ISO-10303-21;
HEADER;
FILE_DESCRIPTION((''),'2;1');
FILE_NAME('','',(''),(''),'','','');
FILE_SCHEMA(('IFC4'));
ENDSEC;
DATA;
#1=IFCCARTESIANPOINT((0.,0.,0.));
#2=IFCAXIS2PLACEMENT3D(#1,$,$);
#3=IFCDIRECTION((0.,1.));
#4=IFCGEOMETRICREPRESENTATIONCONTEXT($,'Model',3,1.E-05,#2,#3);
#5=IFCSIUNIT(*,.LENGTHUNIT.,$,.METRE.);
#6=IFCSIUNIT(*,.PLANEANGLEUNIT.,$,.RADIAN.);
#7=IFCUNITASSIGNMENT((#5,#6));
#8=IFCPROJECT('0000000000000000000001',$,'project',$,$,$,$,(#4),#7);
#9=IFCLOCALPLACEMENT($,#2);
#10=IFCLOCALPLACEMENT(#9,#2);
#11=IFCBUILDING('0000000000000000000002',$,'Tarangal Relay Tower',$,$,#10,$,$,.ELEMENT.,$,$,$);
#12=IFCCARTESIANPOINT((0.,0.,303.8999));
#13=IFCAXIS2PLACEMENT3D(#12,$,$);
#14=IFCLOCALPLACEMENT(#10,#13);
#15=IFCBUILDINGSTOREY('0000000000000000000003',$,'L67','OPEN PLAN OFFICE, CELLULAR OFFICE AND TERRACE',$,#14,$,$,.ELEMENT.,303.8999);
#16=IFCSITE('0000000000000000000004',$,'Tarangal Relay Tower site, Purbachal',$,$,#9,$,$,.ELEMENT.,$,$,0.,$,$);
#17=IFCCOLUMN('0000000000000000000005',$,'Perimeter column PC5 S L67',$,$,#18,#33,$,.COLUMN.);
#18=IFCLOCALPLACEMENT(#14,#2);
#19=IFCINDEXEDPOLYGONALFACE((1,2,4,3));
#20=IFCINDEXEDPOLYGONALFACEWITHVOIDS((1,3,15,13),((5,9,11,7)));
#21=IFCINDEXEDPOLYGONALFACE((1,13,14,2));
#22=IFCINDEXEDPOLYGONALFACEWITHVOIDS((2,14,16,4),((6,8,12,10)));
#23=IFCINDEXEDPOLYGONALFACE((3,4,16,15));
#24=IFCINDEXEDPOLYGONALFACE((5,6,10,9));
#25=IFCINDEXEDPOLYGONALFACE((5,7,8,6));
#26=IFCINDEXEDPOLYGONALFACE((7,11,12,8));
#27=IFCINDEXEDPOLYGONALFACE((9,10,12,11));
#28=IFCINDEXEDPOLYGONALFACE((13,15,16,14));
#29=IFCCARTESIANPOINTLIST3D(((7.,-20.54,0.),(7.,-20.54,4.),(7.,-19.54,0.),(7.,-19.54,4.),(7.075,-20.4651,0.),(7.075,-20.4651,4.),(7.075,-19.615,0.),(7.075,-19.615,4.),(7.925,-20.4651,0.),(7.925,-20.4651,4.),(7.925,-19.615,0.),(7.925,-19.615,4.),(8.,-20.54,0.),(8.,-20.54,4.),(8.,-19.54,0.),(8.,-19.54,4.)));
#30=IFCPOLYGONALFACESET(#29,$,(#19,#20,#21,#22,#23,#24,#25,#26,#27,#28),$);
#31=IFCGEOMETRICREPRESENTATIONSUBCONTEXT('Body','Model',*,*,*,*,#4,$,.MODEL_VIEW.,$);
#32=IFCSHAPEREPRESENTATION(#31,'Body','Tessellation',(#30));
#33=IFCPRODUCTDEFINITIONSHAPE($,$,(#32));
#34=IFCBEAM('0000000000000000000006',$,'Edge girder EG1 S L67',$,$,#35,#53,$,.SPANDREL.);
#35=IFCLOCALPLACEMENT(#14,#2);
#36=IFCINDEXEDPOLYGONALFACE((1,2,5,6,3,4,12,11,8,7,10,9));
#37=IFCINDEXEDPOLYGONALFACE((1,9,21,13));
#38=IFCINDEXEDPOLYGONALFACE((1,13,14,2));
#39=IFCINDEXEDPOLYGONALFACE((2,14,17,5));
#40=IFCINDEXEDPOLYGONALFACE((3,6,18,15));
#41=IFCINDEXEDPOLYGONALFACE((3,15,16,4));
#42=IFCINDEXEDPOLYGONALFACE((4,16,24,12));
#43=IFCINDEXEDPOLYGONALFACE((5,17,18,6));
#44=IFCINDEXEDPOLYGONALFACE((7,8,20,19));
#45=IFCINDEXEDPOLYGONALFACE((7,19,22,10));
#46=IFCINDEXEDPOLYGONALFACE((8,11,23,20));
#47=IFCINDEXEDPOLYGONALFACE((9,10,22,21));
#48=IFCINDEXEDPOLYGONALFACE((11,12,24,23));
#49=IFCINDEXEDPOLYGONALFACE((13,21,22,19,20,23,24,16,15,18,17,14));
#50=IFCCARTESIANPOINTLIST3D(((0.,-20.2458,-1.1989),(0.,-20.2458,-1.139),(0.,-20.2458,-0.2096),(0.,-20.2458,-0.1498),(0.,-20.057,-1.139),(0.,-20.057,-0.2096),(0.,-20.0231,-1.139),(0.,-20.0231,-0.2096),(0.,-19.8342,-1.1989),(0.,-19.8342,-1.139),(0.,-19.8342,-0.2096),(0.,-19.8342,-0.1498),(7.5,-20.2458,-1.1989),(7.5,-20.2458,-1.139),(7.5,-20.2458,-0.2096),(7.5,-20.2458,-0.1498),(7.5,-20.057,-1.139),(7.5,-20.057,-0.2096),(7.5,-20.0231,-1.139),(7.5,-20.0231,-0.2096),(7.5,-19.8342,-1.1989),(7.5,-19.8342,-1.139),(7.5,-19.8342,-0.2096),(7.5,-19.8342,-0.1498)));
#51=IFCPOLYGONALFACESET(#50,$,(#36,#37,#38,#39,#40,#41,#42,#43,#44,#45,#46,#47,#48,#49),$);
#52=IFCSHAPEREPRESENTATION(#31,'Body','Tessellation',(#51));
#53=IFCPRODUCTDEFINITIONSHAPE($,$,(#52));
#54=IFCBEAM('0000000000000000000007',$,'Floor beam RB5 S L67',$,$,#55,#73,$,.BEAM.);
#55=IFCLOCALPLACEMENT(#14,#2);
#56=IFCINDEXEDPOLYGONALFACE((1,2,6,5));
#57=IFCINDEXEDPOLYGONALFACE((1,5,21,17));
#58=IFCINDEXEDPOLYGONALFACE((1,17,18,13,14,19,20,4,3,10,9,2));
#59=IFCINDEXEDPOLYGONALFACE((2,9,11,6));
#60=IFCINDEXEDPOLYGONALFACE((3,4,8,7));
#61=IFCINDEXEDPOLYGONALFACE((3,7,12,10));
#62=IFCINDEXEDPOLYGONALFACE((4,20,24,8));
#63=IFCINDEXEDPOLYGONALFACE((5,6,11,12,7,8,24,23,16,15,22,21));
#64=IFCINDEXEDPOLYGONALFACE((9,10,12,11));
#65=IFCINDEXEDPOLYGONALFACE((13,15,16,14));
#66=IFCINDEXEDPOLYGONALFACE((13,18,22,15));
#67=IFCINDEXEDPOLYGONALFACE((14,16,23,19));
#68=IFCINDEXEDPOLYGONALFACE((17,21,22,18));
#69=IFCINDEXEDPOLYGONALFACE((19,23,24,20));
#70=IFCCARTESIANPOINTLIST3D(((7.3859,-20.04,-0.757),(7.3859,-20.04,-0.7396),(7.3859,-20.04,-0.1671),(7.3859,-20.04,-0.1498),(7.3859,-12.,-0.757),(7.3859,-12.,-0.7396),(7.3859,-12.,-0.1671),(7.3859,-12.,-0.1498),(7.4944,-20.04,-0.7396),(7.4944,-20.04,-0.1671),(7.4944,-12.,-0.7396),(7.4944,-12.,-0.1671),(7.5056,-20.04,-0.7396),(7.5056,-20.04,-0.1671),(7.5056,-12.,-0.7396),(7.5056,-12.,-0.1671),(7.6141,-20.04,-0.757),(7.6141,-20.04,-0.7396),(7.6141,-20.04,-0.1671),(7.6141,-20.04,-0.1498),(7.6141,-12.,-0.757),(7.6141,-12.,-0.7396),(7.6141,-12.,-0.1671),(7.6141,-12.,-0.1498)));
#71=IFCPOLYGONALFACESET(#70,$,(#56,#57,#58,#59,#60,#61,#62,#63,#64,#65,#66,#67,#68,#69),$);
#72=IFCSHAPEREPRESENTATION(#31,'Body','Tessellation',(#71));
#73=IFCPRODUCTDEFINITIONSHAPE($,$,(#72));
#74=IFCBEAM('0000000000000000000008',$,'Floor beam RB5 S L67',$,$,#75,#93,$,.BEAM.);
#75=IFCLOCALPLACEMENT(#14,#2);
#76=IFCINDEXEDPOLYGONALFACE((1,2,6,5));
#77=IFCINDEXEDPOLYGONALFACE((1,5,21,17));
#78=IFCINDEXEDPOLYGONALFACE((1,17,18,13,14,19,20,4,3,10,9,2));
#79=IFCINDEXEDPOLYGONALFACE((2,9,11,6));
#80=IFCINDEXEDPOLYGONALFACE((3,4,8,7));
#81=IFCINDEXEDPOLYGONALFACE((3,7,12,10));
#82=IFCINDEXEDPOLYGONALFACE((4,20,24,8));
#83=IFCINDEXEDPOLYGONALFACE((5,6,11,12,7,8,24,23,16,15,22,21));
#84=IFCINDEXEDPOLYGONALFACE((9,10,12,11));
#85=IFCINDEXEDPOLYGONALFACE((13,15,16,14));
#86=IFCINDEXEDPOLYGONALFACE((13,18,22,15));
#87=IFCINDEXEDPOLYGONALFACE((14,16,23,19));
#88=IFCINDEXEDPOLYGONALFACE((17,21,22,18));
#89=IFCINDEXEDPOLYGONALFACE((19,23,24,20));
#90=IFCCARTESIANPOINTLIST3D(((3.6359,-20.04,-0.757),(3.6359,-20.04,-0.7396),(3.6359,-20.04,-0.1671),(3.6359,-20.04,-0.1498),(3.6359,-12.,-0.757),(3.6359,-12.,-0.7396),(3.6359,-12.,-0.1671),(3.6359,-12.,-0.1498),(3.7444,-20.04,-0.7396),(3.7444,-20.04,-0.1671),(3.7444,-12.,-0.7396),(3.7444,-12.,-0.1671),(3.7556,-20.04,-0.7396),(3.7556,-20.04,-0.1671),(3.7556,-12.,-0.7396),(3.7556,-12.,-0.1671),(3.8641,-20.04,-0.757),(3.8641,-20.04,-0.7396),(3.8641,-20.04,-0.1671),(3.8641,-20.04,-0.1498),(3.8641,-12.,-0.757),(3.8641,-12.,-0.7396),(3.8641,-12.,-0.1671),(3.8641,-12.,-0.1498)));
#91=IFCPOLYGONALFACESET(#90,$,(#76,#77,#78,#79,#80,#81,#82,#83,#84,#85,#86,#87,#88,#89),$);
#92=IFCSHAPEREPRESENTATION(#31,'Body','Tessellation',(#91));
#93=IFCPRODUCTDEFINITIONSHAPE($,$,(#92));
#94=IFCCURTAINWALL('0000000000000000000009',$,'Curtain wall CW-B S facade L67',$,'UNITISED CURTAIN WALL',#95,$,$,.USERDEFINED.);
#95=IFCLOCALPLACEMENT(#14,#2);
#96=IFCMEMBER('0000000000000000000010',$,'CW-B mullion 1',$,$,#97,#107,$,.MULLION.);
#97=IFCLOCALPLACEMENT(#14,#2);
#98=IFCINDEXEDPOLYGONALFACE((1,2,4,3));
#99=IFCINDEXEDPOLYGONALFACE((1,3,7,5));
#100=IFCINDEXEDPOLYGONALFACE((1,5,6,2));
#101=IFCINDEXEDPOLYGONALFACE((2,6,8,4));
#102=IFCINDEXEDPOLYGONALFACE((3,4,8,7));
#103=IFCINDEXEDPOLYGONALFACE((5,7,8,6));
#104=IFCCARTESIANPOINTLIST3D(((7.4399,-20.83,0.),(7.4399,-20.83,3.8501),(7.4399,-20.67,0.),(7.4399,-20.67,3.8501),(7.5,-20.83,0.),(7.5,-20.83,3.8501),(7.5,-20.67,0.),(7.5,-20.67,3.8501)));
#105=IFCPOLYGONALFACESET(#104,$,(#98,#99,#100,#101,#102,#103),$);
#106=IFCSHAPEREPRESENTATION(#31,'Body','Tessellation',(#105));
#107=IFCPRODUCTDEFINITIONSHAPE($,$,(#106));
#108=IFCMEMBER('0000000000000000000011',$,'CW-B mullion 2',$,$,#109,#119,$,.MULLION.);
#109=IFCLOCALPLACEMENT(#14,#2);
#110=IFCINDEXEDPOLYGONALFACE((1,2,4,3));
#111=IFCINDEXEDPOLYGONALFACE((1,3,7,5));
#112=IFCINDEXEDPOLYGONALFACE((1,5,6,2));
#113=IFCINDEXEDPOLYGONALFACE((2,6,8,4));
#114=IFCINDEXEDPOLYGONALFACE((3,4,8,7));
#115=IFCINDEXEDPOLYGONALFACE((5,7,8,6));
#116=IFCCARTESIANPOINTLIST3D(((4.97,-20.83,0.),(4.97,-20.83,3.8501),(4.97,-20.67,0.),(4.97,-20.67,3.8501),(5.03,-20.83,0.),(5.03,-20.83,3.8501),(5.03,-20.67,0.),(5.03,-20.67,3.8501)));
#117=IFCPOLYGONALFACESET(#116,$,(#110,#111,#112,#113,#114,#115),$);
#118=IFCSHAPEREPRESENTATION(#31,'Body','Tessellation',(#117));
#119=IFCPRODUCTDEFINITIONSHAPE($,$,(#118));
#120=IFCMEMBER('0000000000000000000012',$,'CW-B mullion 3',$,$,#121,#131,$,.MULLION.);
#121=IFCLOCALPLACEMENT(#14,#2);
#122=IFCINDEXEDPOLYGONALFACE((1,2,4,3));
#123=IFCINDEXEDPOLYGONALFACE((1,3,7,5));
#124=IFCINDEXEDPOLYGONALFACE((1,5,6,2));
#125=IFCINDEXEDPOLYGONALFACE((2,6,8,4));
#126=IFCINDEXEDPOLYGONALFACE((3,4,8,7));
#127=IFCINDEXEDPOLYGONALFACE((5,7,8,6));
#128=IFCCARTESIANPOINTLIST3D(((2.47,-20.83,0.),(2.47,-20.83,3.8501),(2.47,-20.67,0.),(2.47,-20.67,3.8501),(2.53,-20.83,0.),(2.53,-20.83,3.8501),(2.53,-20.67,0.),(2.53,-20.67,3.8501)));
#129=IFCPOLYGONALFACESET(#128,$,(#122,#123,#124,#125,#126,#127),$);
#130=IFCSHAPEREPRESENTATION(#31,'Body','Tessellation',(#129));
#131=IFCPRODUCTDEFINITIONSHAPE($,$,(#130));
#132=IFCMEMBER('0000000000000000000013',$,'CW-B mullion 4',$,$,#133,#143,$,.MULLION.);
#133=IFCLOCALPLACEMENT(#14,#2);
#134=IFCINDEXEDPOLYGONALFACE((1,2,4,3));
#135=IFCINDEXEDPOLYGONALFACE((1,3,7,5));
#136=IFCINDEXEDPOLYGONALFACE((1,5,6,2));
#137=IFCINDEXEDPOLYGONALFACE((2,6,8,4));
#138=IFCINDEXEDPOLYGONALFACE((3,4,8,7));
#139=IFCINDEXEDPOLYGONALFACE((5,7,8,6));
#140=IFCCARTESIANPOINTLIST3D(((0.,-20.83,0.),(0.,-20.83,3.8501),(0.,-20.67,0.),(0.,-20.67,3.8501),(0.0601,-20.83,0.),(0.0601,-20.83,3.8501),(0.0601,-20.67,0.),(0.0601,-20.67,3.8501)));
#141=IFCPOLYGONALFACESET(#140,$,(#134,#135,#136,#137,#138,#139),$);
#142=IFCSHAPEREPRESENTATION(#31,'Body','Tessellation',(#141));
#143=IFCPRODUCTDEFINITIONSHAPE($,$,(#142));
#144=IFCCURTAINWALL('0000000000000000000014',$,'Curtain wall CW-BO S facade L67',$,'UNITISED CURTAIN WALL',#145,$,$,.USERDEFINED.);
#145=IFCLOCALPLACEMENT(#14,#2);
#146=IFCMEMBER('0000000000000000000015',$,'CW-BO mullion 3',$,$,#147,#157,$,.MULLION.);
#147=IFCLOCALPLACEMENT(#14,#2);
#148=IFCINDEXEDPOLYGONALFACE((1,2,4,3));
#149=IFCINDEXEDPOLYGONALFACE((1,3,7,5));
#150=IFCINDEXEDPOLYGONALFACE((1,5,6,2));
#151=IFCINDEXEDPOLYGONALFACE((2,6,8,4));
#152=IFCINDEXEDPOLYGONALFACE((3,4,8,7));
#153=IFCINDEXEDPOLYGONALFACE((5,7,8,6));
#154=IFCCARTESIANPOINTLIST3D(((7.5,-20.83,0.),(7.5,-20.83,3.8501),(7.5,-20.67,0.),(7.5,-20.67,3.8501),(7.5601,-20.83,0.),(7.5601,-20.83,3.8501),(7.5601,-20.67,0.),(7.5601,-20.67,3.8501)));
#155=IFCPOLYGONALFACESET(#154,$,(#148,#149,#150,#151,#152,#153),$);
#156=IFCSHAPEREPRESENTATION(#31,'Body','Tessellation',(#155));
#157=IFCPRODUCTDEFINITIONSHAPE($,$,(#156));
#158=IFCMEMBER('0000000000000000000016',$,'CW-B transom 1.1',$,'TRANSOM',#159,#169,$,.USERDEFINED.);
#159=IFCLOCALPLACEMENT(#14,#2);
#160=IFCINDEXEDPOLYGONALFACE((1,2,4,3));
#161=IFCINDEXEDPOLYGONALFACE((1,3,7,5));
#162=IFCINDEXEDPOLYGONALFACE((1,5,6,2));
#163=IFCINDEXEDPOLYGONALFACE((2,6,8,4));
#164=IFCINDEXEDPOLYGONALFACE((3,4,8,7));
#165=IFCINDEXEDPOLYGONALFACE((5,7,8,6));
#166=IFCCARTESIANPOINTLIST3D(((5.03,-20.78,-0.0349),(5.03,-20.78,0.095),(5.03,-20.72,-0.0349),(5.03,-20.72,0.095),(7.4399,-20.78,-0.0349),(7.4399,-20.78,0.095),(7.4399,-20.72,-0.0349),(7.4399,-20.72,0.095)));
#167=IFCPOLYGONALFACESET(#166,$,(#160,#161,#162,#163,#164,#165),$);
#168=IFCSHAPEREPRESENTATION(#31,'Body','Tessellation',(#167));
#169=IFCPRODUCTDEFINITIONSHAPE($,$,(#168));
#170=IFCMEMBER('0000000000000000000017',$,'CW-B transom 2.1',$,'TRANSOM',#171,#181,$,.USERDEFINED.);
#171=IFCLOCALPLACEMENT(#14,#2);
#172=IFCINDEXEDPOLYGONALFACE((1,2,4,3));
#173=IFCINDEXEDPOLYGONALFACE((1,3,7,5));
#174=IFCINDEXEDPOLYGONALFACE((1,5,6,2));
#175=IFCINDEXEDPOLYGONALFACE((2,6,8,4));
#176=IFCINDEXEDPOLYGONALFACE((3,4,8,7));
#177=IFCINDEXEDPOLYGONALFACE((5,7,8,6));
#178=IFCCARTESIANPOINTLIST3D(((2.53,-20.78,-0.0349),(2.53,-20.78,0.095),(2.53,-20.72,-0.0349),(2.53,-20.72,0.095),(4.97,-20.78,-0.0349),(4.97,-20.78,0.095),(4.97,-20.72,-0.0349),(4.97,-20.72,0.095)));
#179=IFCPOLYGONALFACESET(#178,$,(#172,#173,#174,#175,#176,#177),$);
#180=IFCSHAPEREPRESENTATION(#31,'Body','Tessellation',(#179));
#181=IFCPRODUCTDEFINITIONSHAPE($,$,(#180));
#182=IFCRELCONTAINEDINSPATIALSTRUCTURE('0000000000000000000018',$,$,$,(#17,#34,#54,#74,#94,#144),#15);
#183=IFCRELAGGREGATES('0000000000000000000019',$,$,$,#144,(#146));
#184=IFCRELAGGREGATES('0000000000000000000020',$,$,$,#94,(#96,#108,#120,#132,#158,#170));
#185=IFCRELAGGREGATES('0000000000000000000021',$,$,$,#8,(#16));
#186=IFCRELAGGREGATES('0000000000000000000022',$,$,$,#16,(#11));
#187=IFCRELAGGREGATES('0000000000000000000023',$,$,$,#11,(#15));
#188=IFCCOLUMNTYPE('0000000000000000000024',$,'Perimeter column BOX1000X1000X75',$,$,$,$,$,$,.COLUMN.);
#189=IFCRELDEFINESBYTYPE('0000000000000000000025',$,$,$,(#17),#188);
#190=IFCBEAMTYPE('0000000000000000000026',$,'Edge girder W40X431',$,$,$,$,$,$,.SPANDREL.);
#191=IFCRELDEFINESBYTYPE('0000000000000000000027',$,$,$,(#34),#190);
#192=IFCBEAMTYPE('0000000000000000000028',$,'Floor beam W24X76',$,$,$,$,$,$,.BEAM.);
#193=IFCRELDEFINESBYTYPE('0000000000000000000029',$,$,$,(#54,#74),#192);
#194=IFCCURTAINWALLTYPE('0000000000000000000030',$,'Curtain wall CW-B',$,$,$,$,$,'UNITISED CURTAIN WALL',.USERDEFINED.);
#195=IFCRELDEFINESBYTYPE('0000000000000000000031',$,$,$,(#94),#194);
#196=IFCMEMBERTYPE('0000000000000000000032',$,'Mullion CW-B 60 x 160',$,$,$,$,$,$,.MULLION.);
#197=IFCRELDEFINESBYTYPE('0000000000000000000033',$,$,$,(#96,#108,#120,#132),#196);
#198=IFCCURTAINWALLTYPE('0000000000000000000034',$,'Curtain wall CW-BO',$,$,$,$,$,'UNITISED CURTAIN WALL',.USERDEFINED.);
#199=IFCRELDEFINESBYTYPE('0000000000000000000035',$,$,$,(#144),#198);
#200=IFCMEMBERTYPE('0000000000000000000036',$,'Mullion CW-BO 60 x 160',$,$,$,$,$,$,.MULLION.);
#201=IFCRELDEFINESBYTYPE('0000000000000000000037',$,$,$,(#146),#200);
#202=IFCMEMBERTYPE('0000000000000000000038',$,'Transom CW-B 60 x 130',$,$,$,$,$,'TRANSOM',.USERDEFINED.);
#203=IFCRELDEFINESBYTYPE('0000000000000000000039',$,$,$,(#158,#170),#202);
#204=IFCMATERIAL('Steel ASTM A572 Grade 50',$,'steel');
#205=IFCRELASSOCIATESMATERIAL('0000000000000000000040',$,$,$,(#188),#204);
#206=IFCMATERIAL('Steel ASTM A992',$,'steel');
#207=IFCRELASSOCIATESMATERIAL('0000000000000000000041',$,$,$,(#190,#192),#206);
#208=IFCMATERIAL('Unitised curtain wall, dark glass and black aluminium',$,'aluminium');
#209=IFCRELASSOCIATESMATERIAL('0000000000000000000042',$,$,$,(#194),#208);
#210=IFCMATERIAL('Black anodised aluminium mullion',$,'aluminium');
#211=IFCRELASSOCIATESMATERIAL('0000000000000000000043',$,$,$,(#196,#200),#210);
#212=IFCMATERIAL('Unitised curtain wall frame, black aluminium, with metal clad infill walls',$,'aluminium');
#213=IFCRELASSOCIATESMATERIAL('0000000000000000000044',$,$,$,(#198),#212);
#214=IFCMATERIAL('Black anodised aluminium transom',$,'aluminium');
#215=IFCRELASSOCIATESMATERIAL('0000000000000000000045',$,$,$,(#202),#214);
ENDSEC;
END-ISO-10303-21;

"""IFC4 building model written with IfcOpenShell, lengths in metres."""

from ifc_helpers import new_model, si_unit, direction, frame, origin, origin_2d, place, context, subcontext, project, spatial, rectangle, hollow_rectangle, i_section, extrude, material, material_profile, profile_set, type_object, element, aggregate, save


model = new_model("IFC4")

# Units and contexts
model_context = context("Model", 3, precision=1e-05, world=origin(), true_north=direction((0.0, 1.0)))
body_context = subcontext(model_context, "Body", "Model", "MODEL_VIEW")
ifc_project = project(units=[si_unit("LENGTHUNIT", "METRE"), si_unit("PLANEANGLEUNIT", "RADIAN")], contexts=[model_context])

# Site, building, storey
site_placement = place(None, origin())
site = spatial("IfcSite", under=ifc_project, at=site_placement, Name="Tarangal Relay Tower site, Purbachal", CompositionType="ELEMENT", RefElevation=0.0)
building_placement = place(site_placement, origin())
building = spatial("IfcBuilding", under=site, at=building_placement, Name="Tarangal Relay Tower", CompositionType="ELEMENT")
storey_placement = place(building_placement, frame((0.0, 0.0, 303.8999)))
storey = spatial("IfcBuildingStorey", under=building, at=storey_placement, Name="L67", Description="OPEN PLAN OFFICE, CELLULAR OFFICE AND TERRACE", CompositionType="ELEMENT", Elevation=303.8999)

# Column
ifc_material_1 = material(Name="Steel ASTM A572 Grade 50", Category="steel")
ifc_material_profile_1 = material_profile(ifc_material_1, hollow_rectangle(XDim=1.0, YDim=1.0, WallThickness=0.075, at=origin_2d()), Name="BOX1000X1000X75")
ifc_profile_set_1 = profile_set([ifc_material_profile_1], Name="Steel ASTM A572 Grade 50")
column_type = type_object("IfcColumnType", Name="Perimeter column BOX1000X1000X75", PredefinedType="COLUMN", material=ifc_profile_set_1)
column_placement = place(storey_placement, frame((7.5, -20.04, 0.0), z_axis=(0.0, 0.0, 1.0), x_axis=(1.0, 0.0, 0.0)))
element("IfcColumn", 1, at=column_placement, inside=storey, type_object=column_type, Name="Perimeter column PC5 S L67", PredefinedType="COLUMN", context=body_context, shape_type="SweptSolid", body=[
    extrude(hollow_rectangle(XDim=1.0, YDim=1.0, WallThickness=0.075, at=origin_2d()), origin(), (0.0, 0.0, 1.0), 4.0),
])

# Beams
ifc_material_2 = material(Name="Steel ASTM A992", Category="steel")
ifc_material_profile_2 = material_profile(ifc_material_2, i_section(OverallWidth=0.4116, OverallDepth=1.0491, WebThickness=0.0339, FlangeThickness=0.0598, at=origin_2d()), Name="W40X431")
ifc_profile_set_2 = profile_set([ifc_material_profile_2], Name="Steel ASTM A992")
beam_type_1 = type_object("IfcBeamType", Name="Edge girder W40X431", PredefinedType="SPANDREL", material=ifc_profile_set_2)
beam_placement = place(storey_placement, frame((7.5, -20.04, -0.6743), z_axis=(-1.0, 0.0, 0.0), x_axis=(0.0, -1.0, 0.0)))
element("IfcBeam", 2, at=beam_placement, inside=storey, type_object=beam_type_1, Name="Edge girder EG1 S L67", PredefinedType="SPANDREL", context=body_context, shape_type="SweptSolid", body=[
    extrude(i_section(OverallWidth=0.4116, OverallDepth=1.0491, WebThickness=0.0339, FlangeThickness=0.0598, at=origin_2d()), origin(), (0.0, 0.0, 1.0), 7.5),
])
ifc_material_profile_3 = material_profile(ifc_material_2, i_section(OverallWidth=0.2283, OverallDepth=0.6072, WebThickness=0.0112, FlangeThickness=0.0173, at=origin_2d()), Name="W24X76")
ifc_profile_set_3 = profile_set([ifc_material_profile_3], Name="Steel ASTM A992")
beam_type_2 = type_object("IfcBeamType", Name="Floor beam W24X76", PredefinedType="BEAM", material=ifc_profile_set_3)
for number, where, z_axis, x_axis, name in (
    (3, (7.5, -12.0, -0.4534), (0.0, -1.0, 0.0), (1.0, 0.0, 0.0), "Floor beam RB5 S L67"),
    (4, (3.75, -12.0, -0.4534), (0.0, -1.0, 0.0), (1.0, 0.0, 0.0), "Floor beam RB5 S L67"),
):
    element("IfcBeam", number, at=place(storey_placement, frame(where, z_axis=z_axis, x_axis=x_axis)), inside=storey, type_object=beam_type_2, Name=name, PredefinedType="BEAM", context=body_context, shape_type="SweptSolid", body=[
        extrude(i_section(OverallWidth=0.2283, OverallDepth=0.6072, WebThickness=0.0112, FlangeThickness=0.0173, at=origin_2d()), origin(), (0.0, 0.0, 1.0), 8.04),
    ])

# Curtain wall, members
ifc_material_3 = material(Name="Unitised curtain wall, dark glass and black aluminium", Category="aluminium")
curtain_wall_type_1 = type_object("IfcCurtainWallType", Name="Curtain wall CW-B", ElementType="UNITISED CURTAIN WALL", PredefinedType="USERDEFINED", material=ifc_material_3)
curtain_wall_1_placement = place(storey_placement, origin())
curtain_wall_1 = element("IfcCurtainWall", 5, at=curtain_wall_1_placement, inside=storey, type_object=curtain_wall_type_1, Name="Curtain wall CW-B S facade L67", ObjectType="UNITISED CURTAIN WALL", PredefinedType="USERDEFINED")
ifc_material_4 = material(Name="Black anodised aluminium mullion", Category="aluminium")
ifc_material_profile_4 = material_profile(ifc_material_4, rectangle(XDim=0.1599, YDim=0.0601, at=origin_2d()), Name="CW-BM 60X160")
ifc_profile_set_4 = profile_set([ifc_material_profile_4], Name="Black anodised aluminium mullion")
member_type_1 = type_object("IfcMemberType", Name="Mullion CW-B 60 x 160", PredefinedType="MULLION", material=ifc_profile_set_4)
member_1_placement = place(storey_placement, frame((7.47, -20.75, 0.0), z_axis=(0.0, 0.0, 1.0), x_axis=(0.0, -1.0, 0.0)))
member_1 = element("IfcMember", 6, at=member_1_placement, type_object=member_type_1, Name="CW-B mullion 1", PredefinedType="MULLION", context=body_context, shape_type="SweptSolid", body=[
    extrude(rectangle(XDim=0.1599, YDim=0.0601, at=origin_2d()), origin(), (0.0, 0.0, 1.0), 3.8501),
])
member_2_placement = place(storey_placement, frame((5.0, -20.75, 0.0), z_axis=(0.0, 0.0, 1.0), x_axis=(0.0, -1.0, 0.0)))
member_2 = element("IfcMember", 7, at=member_2_placement, type_object=member_type_1, Name="CW-B mullion 2", PredefinedType="MULLION", context=body_context, shape_type="SweptSolid", body=[
    extrude(rectangle(XDim=0.1599, YDim=0.0601, at=origin_2d()), origin(), (0.0, 0.0, 1.0), 3.8501),
])
member_3_placement = place(storey_placement, frame((2.5, -20.75, 0.0), z_axis=(0.0, 0.0, 1.0), x_axis=(0.0, -1.0, 0.0)))
member_3 = element("IfcMember", 8, at=member_3_placement, type_object=member_type_1, Name="CW-B mullion 3", PredefinedType="MULLION", context=body_context, shape_type="SweptSolid", body=[
    extrude(rectangle(XDim=0.1599, YDim=0.0601, at=origin_2d()), origin(), (0.0, 0.0, 1.0), 3.8501),
])
member_4_placement = place(storey_placement, frame((0.03, -20.75, 0.0), z_axis=(0.0, 0.0, 1.0), x_axis=(0.0, -1.0, 0.0)))
member_4 = element("IfcMember", 9, at=member_4_placement, type_object=member_type_1, Name="CW-B mullion 4", PredefinedType="MULLION", context=body_context, shape_type="SweptSolid", body=[
    extrude(rectangle(XDim=0.1599, YDim=0.0601, at=origin_2d()), origin(), (0.0, 0.0, 1.0), 3.8501),
])

# Curtain wall, member
ifc_material_5 = material(Name="Unitised curtain wall frame, black aluminium, with metal clad infill walls", Category="aluminium")
curtain_wall_type_2 = type_object("IfcCurtainWallType", Name="Curtain wall CW-BO", ElementType="UNITISED CURTAIN WALL", PredefinedType="USERDEFINED", material=ifc_material_5)
curtain_wall_2_placement = place(storey_placement, origin())
curtain_wall_2 = element("IfcCurtainWall", 10, at=curtain_wall_2_placement, inside=storey, type_object=curtain_wall_type_2, Name="Curtain wall CW-BO S facade L67", ObjectType="UNITISED CURTAIN WALL", PredefinedType="USERDEFINED")
ifc_material_profile_5 = material_profile(ifc_material_4, rectangle(XDim=0.1599, YDim=0.0601, at=origin_2d()), Name="CW-BOM 60X160")
ifc_profile_set_5 = profile_set([ifc_material_profile_5], Name="Black anodised aluminium mullion")
member_type_2 = type_object("IfcMemberType", Name="Mullion CW-BO 60 x 160", PredefinedType="MULLION", material=ifc_profile_set_5)
member_5_placement = place(storey_placement, frame((7.53, -20.75, 0.0), z_axis=(0.0, 0.0, 1.0), x_axis=(0.0, -1.0, 0.0)))
member_5 = element("IfcMember", 11, at=member_5_placement, type_object=member_type_2, Name="CW-BO mullion 3", PredefinedType="MULLION", context=body_context, shape_type="SweptSolid", body=[
    extrude(rectangle(XDim=0.1599, YDim=0.0601, at=origin_2d()), origin(), (0.0, 0.0, 1.0), 3.8501),
])
aggregate(curtain_wall_2, [member_5])

# Members
ifc_material_6 = material(Name="Black anodised aluminium transom", Category="aluminium")
ifc_material_profile_6 = material_profile(ifc_material_6, rectangle(XDim=0.0601, YDim=0.1299, at=origin_2d()), Name="CW-BT 60X130")
ifc_profile_set_6 = profile_set([ifc_material_profile_6], Name="Black anodised aluminium transom")
member_type_3 = type_object("IfcMemberType", Name="Transom CW-B 60 x 130", ElementType="TRANSOM", PredefinedType="USERDEFINED", material=ifc_profile_set_6)
member_6_placement = place(storey_placement, frame((7.4399, -20.75, 0.03), z_axis=(-1.0, 0.0, 0.0), x_axis=(0.0, -1.0, 0.0)))
member_6 = element("IfcMember", 12, at=member_6_placement, type_object=member_type_3, Name="CW-B transom 1.1", ObjectType="TRANSOM", PredefinedType="USERDEFINED", context=body_context, shape_type="SweptSolid", body=[
    extrude(rectangle(XDim=0.0601, YDim=0.1299, at=origin_2d()), origin(), (0.0, 0.0, 1.0), 2.4099),
])
member_7_placement = place(storey_placement, frame((4.97, -20.75, 0.03), z_axis=(-1.0, 0.0, 0.0), x_axis=(0.0, -1.0, 0.0)))
member_7 = element("IfcMember", 13, at=member_7_placement, type_object=member_type_3, Name="CW-B transom 2.1", ObjectType="TRANSOM", PredefinedType="USERDEFINED", context=body_context, shape_type="SweptSolid", body=[
    extrude(rectangle(XDim=0.0601, YDim=0.1299, at=origin_2d()), origin(), (0.0, 0.0, 1.0), 2.4399),
])

aggregate(curtain_wall_1, [member_1, member_2, member_3, member_4, member_6, member_7])

save(model, "model.ifc")
